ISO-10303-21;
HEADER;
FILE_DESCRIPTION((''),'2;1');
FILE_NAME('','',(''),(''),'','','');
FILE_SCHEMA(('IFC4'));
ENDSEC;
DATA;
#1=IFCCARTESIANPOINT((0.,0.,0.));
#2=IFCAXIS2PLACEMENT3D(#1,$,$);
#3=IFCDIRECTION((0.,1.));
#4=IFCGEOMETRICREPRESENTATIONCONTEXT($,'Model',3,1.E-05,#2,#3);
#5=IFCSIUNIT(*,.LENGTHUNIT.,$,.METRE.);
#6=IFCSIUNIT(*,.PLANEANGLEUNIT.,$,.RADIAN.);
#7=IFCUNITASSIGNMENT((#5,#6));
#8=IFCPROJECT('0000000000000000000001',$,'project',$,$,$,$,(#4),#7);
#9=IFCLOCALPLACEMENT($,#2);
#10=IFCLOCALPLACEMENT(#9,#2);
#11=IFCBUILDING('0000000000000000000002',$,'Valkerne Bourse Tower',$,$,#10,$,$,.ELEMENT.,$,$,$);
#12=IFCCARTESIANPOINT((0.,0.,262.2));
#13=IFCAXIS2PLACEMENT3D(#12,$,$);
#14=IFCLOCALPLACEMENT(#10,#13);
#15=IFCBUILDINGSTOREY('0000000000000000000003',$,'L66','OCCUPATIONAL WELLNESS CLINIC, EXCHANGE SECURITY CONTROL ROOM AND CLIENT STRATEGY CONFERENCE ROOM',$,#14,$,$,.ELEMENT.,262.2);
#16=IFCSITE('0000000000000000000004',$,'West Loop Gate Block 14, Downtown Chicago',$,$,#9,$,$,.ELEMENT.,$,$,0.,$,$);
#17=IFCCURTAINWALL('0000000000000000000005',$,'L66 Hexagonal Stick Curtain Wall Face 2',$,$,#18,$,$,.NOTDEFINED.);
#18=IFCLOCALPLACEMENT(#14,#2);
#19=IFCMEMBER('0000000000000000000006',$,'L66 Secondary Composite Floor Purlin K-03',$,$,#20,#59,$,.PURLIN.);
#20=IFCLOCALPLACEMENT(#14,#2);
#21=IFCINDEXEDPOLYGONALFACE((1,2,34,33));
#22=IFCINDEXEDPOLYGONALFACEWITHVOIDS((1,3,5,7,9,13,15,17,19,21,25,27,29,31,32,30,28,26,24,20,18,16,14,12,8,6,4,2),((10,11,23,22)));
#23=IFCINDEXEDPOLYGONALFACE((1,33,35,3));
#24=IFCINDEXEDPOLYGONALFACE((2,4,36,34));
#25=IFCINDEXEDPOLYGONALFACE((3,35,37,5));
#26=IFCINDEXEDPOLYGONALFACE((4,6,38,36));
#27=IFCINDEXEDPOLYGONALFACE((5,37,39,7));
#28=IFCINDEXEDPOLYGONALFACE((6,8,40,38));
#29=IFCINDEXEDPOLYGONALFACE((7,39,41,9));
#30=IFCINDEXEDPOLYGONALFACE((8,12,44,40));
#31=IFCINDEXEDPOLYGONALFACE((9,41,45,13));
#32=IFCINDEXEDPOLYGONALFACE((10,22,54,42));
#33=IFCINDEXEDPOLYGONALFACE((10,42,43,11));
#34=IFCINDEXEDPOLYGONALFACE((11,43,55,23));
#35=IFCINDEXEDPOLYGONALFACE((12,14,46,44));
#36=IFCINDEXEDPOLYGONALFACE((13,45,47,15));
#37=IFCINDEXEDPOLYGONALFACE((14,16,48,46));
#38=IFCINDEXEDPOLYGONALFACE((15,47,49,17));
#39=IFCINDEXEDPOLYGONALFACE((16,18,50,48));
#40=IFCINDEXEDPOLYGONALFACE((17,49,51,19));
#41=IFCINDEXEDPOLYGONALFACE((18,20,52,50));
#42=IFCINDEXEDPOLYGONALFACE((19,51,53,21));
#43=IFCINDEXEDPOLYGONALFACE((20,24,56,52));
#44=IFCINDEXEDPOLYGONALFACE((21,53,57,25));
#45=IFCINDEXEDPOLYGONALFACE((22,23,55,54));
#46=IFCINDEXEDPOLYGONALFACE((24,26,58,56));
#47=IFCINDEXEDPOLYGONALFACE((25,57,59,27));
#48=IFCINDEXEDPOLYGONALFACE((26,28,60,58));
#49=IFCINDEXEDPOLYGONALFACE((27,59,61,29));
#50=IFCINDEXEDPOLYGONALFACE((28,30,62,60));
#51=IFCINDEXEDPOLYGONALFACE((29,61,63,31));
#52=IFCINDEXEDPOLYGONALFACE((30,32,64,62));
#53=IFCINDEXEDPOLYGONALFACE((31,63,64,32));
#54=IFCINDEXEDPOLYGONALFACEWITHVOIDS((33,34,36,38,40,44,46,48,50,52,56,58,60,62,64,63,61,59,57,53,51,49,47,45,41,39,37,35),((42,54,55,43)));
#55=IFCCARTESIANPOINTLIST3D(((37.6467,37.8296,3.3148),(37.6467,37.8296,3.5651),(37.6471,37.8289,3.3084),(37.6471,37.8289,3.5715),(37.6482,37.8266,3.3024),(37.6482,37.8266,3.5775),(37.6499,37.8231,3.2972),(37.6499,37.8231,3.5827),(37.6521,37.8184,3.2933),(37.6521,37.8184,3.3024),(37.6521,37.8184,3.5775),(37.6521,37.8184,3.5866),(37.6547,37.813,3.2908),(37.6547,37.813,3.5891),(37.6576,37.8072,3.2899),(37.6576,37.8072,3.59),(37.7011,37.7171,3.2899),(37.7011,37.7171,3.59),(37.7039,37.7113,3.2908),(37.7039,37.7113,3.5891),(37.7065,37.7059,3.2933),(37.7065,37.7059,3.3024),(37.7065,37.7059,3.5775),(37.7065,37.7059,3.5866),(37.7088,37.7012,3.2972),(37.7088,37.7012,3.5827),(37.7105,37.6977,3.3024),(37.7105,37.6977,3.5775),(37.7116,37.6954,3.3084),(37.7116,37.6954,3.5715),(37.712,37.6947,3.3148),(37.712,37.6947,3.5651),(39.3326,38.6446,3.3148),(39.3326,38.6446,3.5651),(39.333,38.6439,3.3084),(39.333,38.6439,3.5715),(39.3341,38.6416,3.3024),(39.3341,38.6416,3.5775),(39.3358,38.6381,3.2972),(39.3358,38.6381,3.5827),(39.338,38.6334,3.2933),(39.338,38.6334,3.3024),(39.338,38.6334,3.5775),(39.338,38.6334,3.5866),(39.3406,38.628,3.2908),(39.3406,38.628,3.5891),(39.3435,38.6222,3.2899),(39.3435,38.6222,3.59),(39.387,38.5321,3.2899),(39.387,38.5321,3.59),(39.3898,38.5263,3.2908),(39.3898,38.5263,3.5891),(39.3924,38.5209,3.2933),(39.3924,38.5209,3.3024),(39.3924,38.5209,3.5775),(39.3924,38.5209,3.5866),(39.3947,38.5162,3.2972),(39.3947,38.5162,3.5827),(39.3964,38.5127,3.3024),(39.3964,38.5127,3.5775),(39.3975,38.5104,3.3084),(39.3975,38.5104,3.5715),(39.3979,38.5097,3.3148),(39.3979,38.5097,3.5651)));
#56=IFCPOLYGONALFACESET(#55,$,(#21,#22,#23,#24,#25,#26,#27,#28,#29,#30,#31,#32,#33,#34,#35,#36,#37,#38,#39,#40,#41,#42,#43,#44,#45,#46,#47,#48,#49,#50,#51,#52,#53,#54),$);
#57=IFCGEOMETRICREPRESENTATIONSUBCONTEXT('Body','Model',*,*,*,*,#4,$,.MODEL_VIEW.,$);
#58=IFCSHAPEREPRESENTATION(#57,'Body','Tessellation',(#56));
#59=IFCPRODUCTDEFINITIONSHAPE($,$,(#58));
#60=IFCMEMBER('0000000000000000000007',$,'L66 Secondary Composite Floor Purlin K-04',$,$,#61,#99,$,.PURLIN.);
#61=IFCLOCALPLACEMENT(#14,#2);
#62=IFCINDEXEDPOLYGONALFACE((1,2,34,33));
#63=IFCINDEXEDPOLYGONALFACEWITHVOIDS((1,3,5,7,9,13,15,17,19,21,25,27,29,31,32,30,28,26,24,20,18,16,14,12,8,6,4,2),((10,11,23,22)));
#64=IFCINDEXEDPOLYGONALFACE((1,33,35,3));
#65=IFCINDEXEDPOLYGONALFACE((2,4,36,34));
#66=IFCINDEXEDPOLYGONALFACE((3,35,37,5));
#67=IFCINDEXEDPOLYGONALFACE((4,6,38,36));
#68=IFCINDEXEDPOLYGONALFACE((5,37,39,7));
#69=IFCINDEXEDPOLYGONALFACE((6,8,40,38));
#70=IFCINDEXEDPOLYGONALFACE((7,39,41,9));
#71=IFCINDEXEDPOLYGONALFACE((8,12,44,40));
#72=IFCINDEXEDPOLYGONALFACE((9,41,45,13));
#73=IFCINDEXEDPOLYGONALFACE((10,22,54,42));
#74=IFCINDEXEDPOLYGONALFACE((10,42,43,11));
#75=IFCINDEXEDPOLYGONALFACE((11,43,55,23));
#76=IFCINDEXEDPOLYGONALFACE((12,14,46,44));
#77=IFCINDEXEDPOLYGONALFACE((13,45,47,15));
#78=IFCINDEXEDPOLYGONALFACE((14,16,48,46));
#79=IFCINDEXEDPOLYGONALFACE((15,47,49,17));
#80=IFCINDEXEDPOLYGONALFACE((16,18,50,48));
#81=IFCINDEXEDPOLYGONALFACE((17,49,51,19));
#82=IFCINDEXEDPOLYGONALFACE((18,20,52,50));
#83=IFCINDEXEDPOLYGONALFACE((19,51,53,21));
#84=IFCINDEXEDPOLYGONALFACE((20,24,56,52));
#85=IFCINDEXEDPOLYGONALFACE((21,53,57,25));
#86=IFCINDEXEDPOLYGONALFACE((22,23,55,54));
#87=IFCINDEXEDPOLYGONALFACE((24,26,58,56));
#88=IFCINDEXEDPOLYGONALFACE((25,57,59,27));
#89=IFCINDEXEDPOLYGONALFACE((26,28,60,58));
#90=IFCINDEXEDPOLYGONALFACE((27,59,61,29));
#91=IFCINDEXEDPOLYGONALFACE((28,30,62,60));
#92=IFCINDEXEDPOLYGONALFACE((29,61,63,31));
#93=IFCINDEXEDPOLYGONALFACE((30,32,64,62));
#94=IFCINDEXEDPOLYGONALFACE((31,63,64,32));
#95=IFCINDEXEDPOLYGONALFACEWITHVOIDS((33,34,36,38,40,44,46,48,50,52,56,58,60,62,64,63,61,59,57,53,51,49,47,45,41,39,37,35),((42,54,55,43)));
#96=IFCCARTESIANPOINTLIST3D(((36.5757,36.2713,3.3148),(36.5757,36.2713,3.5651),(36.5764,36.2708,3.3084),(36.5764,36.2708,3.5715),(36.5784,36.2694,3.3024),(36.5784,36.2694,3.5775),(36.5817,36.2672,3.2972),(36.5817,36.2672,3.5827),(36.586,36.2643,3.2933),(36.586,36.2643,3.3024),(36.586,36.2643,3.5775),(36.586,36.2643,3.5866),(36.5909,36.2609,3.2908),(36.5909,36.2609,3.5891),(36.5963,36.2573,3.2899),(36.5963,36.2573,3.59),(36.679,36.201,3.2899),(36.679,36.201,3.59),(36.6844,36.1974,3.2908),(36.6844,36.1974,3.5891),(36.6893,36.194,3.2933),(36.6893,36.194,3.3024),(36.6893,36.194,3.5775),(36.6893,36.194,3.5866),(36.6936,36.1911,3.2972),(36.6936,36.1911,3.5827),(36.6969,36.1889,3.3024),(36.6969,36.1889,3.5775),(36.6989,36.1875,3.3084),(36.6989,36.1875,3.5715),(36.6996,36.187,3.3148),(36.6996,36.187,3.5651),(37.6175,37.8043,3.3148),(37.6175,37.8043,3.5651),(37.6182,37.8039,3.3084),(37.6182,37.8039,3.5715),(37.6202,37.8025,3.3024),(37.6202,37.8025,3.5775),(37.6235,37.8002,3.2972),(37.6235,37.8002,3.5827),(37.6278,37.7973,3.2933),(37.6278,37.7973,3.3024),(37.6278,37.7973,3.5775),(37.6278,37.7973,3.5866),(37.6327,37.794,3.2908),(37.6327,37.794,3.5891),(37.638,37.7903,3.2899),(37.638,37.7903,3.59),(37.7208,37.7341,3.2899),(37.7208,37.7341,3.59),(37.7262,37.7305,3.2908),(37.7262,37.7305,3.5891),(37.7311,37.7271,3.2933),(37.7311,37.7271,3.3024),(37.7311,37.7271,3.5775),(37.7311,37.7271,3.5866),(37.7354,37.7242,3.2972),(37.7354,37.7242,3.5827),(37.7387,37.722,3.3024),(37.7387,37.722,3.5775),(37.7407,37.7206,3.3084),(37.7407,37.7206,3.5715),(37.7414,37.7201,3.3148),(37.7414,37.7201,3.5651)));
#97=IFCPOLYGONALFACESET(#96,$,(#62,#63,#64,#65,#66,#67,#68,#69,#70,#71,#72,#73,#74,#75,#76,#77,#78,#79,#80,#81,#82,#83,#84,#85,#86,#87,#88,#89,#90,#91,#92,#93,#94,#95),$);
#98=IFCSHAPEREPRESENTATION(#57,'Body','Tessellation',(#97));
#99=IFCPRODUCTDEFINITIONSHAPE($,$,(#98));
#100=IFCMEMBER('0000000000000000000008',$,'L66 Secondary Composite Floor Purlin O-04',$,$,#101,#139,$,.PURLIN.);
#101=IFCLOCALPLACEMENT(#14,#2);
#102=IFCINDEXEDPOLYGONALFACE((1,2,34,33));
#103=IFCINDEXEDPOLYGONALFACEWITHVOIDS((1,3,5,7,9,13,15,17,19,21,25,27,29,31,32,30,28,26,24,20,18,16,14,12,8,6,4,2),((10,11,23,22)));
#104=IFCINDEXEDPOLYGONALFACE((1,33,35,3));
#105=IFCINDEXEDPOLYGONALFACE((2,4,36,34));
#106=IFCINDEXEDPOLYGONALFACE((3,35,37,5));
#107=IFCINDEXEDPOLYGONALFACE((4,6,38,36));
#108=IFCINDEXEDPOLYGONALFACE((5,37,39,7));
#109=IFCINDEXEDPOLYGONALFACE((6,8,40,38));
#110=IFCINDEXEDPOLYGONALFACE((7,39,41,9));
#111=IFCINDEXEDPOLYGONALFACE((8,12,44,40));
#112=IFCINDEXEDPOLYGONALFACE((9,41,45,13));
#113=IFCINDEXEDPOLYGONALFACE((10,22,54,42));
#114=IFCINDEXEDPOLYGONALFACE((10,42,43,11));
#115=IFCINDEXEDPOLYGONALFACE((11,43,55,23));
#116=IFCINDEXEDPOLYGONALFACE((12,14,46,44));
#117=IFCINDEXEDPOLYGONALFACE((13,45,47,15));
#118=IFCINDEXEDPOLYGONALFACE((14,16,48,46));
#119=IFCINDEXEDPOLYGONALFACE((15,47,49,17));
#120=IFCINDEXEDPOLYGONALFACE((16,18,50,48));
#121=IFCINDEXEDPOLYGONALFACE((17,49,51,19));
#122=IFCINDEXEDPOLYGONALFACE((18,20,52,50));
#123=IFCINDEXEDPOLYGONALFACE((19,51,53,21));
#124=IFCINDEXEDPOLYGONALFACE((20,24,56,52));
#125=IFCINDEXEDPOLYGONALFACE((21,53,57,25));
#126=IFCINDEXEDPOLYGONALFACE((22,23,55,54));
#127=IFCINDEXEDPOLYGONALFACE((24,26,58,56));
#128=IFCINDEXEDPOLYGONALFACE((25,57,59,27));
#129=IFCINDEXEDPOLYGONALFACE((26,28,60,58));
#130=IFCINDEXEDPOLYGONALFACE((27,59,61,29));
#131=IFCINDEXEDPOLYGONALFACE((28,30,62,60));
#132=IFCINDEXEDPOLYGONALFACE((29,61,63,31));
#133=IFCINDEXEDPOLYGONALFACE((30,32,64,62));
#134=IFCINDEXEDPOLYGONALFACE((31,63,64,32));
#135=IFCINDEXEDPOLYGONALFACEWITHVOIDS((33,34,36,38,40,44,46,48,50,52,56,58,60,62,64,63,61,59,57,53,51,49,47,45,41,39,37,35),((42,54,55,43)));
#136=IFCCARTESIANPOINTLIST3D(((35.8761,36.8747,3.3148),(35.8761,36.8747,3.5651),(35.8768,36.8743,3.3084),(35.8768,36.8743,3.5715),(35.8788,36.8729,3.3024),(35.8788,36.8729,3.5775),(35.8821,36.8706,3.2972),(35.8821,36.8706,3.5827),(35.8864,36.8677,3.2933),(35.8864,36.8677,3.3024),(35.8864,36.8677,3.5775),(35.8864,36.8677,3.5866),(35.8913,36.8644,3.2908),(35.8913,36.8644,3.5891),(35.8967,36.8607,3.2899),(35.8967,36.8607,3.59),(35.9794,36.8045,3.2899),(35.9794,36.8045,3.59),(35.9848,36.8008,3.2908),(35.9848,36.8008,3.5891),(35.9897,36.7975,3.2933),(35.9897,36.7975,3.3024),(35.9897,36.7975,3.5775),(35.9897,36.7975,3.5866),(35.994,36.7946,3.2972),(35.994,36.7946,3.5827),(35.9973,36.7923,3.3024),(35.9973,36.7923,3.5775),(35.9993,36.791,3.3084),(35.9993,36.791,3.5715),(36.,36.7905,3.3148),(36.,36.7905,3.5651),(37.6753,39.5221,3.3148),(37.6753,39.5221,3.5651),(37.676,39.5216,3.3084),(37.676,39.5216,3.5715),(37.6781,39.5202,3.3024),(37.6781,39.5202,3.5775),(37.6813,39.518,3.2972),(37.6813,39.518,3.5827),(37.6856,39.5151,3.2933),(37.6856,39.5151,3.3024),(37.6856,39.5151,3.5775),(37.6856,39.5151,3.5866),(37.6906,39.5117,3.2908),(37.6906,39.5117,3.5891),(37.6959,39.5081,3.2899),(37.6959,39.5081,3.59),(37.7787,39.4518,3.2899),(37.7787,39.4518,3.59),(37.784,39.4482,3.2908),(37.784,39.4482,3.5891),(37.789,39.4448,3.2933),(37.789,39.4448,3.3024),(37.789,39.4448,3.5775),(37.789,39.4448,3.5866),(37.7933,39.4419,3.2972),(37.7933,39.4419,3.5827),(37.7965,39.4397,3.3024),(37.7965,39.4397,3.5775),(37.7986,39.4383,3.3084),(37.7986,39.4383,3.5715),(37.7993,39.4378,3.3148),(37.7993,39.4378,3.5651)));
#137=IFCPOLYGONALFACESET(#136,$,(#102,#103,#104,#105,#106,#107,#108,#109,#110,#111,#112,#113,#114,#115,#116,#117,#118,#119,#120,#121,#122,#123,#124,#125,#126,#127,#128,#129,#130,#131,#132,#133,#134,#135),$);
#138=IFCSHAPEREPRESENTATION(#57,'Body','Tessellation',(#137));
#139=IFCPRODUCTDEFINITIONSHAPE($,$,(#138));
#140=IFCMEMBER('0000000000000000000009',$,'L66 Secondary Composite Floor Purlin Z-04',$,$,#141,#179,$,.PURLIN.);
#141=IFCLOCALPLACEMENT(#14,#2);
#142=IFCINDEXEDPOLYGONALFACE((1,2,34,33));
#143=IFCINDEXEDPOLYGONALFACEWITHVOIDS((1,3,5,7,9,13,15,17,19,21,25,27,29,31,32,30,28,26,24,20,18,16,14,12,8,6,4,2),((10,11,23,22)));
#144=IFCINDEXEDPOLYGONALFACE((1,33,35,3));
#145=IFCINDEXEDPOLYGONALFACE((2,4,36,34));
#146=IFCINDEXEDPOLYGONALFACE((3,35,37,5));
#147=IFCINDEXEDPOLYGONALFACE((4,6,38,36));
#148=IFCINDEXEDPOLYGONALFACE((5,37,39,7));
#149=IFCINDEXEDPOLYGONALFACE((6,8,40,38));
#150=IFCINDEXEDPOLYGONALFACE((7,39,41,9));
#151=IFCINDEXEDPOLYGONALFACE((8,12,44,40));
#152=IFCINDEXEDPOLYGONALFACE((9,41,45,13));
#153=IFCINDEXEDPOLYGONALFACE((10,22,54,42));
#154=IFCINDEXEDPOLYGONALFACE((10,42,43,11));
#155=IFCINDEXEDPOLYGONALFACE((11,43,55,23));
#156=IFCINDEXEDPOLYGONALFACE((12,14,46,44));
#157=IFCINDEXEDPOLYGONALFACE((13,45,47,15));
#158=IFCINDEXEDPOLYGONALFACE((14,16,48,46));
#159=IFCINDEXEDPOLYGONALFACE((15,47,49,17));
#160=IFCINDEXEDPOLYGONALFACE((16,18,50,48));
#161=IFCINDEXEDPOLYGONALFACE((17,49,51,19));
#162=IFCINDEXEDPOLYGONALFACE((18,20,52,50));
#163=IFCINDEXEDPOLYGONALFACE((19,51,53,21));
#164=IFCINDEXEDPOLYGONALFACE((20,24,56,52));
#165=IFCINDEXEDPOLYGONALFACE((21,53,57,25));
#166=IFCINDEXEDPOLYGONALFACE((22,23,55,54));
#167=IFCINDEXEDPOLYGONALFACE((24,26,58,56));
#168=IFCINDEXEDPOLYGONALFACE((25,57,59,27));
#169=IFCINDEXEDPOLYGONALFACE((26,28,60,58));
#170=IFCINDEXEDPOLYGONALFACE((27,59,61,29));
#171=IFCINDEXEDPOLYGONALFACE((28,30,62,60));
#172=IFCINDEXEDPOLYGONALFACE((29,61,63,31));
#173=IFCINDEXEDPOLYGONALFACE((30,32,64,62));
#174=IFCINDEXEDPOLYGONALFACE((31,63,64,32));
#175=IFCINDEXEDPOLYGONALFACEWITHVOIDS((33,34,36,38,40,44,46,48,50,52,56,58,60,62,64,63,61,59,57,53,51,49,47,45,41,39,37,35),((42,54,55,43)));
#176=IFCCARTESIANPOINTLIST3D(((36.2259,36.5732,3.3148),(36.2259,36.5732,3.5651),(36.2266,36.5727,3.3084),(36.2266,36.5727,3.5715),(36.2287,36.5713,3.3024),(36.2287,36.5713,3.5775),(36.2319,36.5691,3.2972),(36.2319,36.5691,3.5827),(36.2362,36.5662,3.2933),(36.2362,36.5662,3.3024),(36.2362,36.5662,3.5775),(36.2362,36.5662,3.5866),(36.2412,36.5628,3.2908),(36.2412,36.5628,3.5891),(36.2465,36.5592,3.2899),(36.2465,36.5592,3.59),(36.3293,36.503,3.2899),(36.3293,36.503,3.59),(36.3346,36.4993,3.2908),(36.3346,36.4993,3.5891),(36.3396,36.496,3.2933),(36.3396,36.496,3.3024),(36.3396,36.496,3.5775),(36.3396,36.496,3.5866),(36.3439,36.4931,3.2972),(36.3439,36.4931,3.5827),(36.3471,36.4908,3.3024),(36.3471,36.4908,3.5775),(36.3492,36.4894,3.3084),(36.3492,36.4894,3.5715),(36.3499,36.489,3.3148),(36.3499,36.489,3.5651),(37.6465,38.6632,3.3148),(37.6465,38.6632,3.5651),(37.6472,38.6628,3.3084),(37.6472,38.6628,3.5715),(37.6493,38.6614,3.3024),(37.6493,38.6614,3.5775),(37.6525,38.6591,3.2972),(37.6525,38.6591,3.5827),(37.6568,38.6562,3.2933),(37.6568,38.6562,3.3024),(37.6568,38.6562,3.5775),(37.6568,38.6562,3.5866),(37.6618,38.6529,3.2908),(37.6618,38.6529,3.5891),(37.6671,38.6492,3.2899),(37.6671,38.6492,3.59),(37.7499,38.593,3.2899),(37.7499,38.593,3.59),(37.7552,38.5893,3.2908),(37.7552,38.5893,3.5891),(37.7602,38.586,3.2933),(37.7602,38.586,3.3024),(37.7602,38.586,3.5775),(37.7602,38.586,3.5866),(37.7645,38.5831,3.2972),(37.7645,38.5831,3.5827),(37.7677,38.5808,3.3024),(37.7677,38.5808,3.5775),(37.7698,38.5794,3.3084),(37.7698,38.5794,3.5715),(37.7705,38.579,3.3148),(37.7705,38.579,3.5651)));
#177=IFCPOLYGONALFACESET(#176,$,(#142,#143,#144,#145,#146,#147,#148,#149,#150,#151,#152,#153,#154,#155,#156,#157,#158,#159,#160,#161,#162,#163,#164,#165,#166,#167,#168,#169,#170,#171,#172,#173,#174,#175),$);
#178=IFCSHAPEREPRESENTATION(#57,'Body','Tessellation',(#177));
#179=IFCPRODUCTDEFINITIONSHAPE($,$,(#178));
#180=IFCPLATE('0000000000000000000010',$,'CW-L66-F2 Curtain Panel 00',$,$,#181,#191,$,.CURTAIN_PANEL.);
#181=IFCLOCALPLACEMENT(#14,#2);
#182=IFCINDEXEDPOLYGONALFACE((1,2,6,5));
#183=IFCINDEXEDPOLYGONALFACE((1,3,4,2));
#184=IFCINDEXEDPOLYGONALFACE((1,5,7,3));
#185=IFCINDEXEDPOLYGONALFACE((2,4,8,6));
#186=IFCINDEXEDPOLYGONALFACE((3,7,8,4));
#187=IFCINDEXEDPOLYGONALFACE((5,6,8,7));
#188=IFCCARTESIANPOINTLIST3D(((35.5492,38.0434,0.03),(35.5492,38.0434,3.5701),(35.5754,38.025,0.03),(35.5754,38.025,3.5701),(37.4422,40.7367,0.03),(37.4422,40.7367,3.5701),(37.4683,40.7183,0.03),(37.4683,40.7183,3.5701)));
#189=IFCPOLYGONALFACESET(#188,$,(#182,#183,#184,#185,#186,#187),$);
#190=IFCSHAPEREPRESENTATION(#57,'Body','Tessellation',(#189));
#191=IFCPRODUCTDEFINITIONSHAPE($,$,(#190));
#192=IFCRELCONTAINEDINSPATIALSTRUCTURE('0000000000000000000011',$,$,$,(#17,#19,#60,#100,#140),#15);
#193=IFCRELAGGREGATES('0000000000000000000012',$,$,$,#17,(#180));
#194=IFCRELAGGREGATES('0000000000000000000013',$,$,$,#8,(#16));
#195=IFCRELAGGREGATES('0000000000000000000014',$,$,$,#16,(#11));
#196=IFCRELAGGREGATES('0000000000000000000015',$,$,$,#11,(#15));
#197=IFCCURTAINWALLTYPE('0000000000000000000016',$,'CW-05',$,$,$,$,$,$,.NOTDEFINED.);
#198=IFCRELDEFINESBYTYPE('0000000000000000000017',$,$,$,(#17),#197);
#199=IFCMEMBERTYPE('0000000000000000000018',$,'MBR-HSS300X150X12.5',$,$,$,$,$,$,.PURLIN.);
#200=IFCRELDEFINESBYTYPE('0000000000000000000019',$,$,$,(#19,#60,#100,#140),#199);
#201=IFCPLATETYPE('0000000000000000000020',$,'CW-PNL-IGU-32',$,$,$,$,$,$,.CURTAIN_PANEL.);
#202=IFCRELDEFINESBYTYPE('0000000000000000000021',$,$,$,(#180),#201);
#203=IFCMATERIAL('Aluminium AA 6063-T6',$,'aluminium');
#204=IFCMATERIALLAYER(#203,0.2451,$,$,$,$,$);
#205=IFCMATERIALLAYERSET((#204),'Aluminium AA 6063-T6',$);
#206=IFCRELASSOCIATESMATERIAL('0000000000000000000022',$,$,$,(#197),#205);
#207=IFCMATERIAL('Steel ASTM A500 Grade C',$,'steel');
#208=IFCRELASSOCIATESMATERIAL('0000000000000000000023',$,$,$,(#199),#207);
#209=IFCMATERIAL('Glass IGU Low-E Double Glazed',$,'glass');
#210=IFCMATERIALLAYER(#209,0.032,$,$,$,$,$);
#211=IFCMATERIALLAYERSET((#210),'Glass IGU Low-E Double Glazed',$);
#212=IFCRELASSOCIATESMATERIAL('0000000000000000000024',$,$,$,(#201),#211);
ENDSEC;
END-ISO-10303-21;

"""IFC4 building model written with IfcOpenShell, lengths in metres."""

from ifc_helpers import new_model, si_unit, direction, frame, origin, origin_2d, place, context, subcontext, project, spatial, rectangle, hollow_rectangle, extrude, material, layer, layer_set, material_profile, profile_set, type_object, element, aggregate, save


model = new_model("IFC4")

# Units and contexts
model_context = context("Model", 3, precision=1e-05, world=origin(), true_north=direction((0.0, 1.0)))
body_context = subcontext(model_context, "Body", "Model", "MODEL_VIEW")
ifc_project = project(units=[si_unit("LENGTHUNIT", "METRE"), si_unit("PLANEANGLEUNIT", "RADIAN")], contexts=[model_context])

# Site, building, storey
site_placement = place(None, origin())
site = spatial("IfcSite", under=ifc_project, at=site_placement, Name="West Loop Gate Block 14, Downtown Chicago", CompositionType="ELEMENT", RefElevation=0.0)
building_placement = place(site_placement, origin())
building = spatial("IfcBuilding", under=site, at=building_placement, Name="Valkerne Bourse Tower", CompositionType="ELEMENT")
storey_placement = place(building_placement, frame((0.0, 0.0, 262.2)))
storey = spatial("IfcBuildingStorey", under=building, at=storey_placement, Name="L66", Description="OCCUPATIONAL WELLNESS CLINIC, EXCHANGE SECURITY CONTROL ROOM AND CLIENT STRATEGY CONFERENCE ROOM", CompositionType="ELEMENT", Elevation=262.2)

# Curtain wall
ifc_material_1 = material(Name="Aluminium AA 6063-T6", Category="aluminium")
ifc_layer_1 = layer(ifc_material_1, 0.2451)
ifc_layer_set_1 = layer_set([ifc_layer_1], Name="Aluminium AA 6063-T6")
curtain_wall_type = type_object("IfcCurtainWallType", Name="CW-05", PredefinedType="NOTDEFINED", material=ifc_layer_set_1)
curtain_wall_placement = place(storey_placement, origin())
curtain_wall = element("IfcCurtainWall", 1, at=curtain_wall_placement, inside=storey, type_object=curtain_wall_type, Name="L66 Hexagonal Stick Curtain Wall Face 2", PredefinedType="NOTDEFINED")

# Members
ifc_material_2 = material(Name="Steel ASTM A500 Grade C", Category="steel")
ifc_material_profile_1 = material_profile(ifc_material_2, hollow_rectangle(XDim=0.1499, YDim=0.3, WallThickness=0.0125, OuterFilletRadius=0.0249, at=origin_2d()), Name="HSS300X150X12.5")
ifc_profile_set_1 = profile_set([ifc_material_profile_1], Name="Steel ASTM A500 Grade C")
member_type_1 = type_object("IfcMemberType", Name="MBR-HSS300X150X12.5", PredefinedType="PURLIN", material=ifc_profile_set_1)
member_1_placement = place(storey_placement, frame((39.3652, 38.5771, 3.4399), z_axis=(-0.900319, -0.43523, 0.0), x_axis=(0.43523, -0.900319, 0.0)))
element("IfcMember", 2, at=member_1_placement, inside=storey, type_object=member_type_1, Name="L66 Secondary Composite Floor Purlin K-03", PredefinedType="PURLIN", context=body_context, shape_type="SweptSolid", body=[
    extrude(hollow_rectangle(XDim=0.1499, YDim=0.3, WallThickness=0.0125, OuterFilletRadius=0.0249, at=origin_2d()), origin(), (0.0, 0.0, 1.0), 1.8726),
])
member_2_placement = place(storey_placement, frame((37.6794, 37.7622, 3.4399), z_axis=(-0.562065, -0.827093, 0.0), x_axis=(0.827093, -0.562065, 0.0)))
element("IfcMember", 3, at=member_2_placement, inside=storey, type_object=member_type_1, Name="L66 Secondary Composite Floor Purlin K-04", PredefinedType="PURLIN", context=body_context, shape_type="SweptSolid", body=[
    extrude(hollow_rectangle(XDim=0.1499, YDim=0.3, WallThickness=0.0125, OuterFilletRadius=0.0249, at=origin_2d()), origin(), (0.0, 0.0, 1.0), 1.8535),
])
member_3_placement = place(storey_placement, frame((37.7373, 39.48, 3.4399), z_axis=(-0.562106, -0.827065, 0.0), x_axis=(0.827065, -0.562106, 0.0)))
element("IfcMember", 4, at=member_3_placement, inside=storey, type_object=member_type_1, Name="L66 Secondary Composite Floor Purlin O-04", PredefinedType="PURLIN", context=body_context, shape_type="SweptSolid", body=[
    extrude(hollow_rectangle(XDim=0.1499, YDim=0.3, WallThickness=0.0125, OuterFilletRadius=0.0249, at=origin_2d()), origin(), (0.0, 0.0, 1.0), 3.2009),
])
member_4_placement = place(storey_placement, frame((37.7085, 38.6211, 3.4399), z_axis=(-0.562146, -0.827038, 0.0), x_axis=(0.827038, -0.562146, 0.0)))
element("IfcMember", 5, at=member_4_placement, inside=storey, type_object=member_type_1, Name="L66 Secondary Composite Floor Purlin Z-04", PredefinedType="PURLIN", context=body_context, shape_type="SweptSolid", body=[
    extrude(hollow_rectangle(XDim=0.1499, YDim=0.3, WallThickness=0.0125, OuterFilletRadius=0.0249, at=origin_2d()), origin(), (0.0, 0.0, 1.0), 2.5271),
])

# Plate
ifc_material_3 = material(Name="Glass IGU Low-E Double Glazed", Category="glass")
ifc_layer_2 = layer(ifc_material_3, 0.032)
ifc_layer_set_2 = layer_set([ifc_layer_2], Name="Glass IGU Low-E Double Glazed")
plate_type = type_object("IfcPlateType", Name="CW-PNL-IGU-32", PredefinedType="CURTAIN_PANEL", material=ifc_layer_set_2)
plate_placement = place(storey_placement, frame((36.5088, 39.3809, 0.03), z_axis=(0.0, 0.0, 1.0), x_axis=(-0.575007, -0.818149, 0.0)))
plate = element("IfcPlate", 6, at=plate_placement, type_object=plate_type, Name="CW-L66-F2 Curtain Panel 00", PredefinedType="CURTAIN_PANEL", context=body_context, shape_type="SweptSolid", body=[
    extrude(rectangle(XDim=3.292, YDim=0.032, at=origin_2d()), origin(), (0.0, 0.0, 1.0), 3.54),
])
aggregate(curtain_wall, [plate])

save(model, "model.ifc")
